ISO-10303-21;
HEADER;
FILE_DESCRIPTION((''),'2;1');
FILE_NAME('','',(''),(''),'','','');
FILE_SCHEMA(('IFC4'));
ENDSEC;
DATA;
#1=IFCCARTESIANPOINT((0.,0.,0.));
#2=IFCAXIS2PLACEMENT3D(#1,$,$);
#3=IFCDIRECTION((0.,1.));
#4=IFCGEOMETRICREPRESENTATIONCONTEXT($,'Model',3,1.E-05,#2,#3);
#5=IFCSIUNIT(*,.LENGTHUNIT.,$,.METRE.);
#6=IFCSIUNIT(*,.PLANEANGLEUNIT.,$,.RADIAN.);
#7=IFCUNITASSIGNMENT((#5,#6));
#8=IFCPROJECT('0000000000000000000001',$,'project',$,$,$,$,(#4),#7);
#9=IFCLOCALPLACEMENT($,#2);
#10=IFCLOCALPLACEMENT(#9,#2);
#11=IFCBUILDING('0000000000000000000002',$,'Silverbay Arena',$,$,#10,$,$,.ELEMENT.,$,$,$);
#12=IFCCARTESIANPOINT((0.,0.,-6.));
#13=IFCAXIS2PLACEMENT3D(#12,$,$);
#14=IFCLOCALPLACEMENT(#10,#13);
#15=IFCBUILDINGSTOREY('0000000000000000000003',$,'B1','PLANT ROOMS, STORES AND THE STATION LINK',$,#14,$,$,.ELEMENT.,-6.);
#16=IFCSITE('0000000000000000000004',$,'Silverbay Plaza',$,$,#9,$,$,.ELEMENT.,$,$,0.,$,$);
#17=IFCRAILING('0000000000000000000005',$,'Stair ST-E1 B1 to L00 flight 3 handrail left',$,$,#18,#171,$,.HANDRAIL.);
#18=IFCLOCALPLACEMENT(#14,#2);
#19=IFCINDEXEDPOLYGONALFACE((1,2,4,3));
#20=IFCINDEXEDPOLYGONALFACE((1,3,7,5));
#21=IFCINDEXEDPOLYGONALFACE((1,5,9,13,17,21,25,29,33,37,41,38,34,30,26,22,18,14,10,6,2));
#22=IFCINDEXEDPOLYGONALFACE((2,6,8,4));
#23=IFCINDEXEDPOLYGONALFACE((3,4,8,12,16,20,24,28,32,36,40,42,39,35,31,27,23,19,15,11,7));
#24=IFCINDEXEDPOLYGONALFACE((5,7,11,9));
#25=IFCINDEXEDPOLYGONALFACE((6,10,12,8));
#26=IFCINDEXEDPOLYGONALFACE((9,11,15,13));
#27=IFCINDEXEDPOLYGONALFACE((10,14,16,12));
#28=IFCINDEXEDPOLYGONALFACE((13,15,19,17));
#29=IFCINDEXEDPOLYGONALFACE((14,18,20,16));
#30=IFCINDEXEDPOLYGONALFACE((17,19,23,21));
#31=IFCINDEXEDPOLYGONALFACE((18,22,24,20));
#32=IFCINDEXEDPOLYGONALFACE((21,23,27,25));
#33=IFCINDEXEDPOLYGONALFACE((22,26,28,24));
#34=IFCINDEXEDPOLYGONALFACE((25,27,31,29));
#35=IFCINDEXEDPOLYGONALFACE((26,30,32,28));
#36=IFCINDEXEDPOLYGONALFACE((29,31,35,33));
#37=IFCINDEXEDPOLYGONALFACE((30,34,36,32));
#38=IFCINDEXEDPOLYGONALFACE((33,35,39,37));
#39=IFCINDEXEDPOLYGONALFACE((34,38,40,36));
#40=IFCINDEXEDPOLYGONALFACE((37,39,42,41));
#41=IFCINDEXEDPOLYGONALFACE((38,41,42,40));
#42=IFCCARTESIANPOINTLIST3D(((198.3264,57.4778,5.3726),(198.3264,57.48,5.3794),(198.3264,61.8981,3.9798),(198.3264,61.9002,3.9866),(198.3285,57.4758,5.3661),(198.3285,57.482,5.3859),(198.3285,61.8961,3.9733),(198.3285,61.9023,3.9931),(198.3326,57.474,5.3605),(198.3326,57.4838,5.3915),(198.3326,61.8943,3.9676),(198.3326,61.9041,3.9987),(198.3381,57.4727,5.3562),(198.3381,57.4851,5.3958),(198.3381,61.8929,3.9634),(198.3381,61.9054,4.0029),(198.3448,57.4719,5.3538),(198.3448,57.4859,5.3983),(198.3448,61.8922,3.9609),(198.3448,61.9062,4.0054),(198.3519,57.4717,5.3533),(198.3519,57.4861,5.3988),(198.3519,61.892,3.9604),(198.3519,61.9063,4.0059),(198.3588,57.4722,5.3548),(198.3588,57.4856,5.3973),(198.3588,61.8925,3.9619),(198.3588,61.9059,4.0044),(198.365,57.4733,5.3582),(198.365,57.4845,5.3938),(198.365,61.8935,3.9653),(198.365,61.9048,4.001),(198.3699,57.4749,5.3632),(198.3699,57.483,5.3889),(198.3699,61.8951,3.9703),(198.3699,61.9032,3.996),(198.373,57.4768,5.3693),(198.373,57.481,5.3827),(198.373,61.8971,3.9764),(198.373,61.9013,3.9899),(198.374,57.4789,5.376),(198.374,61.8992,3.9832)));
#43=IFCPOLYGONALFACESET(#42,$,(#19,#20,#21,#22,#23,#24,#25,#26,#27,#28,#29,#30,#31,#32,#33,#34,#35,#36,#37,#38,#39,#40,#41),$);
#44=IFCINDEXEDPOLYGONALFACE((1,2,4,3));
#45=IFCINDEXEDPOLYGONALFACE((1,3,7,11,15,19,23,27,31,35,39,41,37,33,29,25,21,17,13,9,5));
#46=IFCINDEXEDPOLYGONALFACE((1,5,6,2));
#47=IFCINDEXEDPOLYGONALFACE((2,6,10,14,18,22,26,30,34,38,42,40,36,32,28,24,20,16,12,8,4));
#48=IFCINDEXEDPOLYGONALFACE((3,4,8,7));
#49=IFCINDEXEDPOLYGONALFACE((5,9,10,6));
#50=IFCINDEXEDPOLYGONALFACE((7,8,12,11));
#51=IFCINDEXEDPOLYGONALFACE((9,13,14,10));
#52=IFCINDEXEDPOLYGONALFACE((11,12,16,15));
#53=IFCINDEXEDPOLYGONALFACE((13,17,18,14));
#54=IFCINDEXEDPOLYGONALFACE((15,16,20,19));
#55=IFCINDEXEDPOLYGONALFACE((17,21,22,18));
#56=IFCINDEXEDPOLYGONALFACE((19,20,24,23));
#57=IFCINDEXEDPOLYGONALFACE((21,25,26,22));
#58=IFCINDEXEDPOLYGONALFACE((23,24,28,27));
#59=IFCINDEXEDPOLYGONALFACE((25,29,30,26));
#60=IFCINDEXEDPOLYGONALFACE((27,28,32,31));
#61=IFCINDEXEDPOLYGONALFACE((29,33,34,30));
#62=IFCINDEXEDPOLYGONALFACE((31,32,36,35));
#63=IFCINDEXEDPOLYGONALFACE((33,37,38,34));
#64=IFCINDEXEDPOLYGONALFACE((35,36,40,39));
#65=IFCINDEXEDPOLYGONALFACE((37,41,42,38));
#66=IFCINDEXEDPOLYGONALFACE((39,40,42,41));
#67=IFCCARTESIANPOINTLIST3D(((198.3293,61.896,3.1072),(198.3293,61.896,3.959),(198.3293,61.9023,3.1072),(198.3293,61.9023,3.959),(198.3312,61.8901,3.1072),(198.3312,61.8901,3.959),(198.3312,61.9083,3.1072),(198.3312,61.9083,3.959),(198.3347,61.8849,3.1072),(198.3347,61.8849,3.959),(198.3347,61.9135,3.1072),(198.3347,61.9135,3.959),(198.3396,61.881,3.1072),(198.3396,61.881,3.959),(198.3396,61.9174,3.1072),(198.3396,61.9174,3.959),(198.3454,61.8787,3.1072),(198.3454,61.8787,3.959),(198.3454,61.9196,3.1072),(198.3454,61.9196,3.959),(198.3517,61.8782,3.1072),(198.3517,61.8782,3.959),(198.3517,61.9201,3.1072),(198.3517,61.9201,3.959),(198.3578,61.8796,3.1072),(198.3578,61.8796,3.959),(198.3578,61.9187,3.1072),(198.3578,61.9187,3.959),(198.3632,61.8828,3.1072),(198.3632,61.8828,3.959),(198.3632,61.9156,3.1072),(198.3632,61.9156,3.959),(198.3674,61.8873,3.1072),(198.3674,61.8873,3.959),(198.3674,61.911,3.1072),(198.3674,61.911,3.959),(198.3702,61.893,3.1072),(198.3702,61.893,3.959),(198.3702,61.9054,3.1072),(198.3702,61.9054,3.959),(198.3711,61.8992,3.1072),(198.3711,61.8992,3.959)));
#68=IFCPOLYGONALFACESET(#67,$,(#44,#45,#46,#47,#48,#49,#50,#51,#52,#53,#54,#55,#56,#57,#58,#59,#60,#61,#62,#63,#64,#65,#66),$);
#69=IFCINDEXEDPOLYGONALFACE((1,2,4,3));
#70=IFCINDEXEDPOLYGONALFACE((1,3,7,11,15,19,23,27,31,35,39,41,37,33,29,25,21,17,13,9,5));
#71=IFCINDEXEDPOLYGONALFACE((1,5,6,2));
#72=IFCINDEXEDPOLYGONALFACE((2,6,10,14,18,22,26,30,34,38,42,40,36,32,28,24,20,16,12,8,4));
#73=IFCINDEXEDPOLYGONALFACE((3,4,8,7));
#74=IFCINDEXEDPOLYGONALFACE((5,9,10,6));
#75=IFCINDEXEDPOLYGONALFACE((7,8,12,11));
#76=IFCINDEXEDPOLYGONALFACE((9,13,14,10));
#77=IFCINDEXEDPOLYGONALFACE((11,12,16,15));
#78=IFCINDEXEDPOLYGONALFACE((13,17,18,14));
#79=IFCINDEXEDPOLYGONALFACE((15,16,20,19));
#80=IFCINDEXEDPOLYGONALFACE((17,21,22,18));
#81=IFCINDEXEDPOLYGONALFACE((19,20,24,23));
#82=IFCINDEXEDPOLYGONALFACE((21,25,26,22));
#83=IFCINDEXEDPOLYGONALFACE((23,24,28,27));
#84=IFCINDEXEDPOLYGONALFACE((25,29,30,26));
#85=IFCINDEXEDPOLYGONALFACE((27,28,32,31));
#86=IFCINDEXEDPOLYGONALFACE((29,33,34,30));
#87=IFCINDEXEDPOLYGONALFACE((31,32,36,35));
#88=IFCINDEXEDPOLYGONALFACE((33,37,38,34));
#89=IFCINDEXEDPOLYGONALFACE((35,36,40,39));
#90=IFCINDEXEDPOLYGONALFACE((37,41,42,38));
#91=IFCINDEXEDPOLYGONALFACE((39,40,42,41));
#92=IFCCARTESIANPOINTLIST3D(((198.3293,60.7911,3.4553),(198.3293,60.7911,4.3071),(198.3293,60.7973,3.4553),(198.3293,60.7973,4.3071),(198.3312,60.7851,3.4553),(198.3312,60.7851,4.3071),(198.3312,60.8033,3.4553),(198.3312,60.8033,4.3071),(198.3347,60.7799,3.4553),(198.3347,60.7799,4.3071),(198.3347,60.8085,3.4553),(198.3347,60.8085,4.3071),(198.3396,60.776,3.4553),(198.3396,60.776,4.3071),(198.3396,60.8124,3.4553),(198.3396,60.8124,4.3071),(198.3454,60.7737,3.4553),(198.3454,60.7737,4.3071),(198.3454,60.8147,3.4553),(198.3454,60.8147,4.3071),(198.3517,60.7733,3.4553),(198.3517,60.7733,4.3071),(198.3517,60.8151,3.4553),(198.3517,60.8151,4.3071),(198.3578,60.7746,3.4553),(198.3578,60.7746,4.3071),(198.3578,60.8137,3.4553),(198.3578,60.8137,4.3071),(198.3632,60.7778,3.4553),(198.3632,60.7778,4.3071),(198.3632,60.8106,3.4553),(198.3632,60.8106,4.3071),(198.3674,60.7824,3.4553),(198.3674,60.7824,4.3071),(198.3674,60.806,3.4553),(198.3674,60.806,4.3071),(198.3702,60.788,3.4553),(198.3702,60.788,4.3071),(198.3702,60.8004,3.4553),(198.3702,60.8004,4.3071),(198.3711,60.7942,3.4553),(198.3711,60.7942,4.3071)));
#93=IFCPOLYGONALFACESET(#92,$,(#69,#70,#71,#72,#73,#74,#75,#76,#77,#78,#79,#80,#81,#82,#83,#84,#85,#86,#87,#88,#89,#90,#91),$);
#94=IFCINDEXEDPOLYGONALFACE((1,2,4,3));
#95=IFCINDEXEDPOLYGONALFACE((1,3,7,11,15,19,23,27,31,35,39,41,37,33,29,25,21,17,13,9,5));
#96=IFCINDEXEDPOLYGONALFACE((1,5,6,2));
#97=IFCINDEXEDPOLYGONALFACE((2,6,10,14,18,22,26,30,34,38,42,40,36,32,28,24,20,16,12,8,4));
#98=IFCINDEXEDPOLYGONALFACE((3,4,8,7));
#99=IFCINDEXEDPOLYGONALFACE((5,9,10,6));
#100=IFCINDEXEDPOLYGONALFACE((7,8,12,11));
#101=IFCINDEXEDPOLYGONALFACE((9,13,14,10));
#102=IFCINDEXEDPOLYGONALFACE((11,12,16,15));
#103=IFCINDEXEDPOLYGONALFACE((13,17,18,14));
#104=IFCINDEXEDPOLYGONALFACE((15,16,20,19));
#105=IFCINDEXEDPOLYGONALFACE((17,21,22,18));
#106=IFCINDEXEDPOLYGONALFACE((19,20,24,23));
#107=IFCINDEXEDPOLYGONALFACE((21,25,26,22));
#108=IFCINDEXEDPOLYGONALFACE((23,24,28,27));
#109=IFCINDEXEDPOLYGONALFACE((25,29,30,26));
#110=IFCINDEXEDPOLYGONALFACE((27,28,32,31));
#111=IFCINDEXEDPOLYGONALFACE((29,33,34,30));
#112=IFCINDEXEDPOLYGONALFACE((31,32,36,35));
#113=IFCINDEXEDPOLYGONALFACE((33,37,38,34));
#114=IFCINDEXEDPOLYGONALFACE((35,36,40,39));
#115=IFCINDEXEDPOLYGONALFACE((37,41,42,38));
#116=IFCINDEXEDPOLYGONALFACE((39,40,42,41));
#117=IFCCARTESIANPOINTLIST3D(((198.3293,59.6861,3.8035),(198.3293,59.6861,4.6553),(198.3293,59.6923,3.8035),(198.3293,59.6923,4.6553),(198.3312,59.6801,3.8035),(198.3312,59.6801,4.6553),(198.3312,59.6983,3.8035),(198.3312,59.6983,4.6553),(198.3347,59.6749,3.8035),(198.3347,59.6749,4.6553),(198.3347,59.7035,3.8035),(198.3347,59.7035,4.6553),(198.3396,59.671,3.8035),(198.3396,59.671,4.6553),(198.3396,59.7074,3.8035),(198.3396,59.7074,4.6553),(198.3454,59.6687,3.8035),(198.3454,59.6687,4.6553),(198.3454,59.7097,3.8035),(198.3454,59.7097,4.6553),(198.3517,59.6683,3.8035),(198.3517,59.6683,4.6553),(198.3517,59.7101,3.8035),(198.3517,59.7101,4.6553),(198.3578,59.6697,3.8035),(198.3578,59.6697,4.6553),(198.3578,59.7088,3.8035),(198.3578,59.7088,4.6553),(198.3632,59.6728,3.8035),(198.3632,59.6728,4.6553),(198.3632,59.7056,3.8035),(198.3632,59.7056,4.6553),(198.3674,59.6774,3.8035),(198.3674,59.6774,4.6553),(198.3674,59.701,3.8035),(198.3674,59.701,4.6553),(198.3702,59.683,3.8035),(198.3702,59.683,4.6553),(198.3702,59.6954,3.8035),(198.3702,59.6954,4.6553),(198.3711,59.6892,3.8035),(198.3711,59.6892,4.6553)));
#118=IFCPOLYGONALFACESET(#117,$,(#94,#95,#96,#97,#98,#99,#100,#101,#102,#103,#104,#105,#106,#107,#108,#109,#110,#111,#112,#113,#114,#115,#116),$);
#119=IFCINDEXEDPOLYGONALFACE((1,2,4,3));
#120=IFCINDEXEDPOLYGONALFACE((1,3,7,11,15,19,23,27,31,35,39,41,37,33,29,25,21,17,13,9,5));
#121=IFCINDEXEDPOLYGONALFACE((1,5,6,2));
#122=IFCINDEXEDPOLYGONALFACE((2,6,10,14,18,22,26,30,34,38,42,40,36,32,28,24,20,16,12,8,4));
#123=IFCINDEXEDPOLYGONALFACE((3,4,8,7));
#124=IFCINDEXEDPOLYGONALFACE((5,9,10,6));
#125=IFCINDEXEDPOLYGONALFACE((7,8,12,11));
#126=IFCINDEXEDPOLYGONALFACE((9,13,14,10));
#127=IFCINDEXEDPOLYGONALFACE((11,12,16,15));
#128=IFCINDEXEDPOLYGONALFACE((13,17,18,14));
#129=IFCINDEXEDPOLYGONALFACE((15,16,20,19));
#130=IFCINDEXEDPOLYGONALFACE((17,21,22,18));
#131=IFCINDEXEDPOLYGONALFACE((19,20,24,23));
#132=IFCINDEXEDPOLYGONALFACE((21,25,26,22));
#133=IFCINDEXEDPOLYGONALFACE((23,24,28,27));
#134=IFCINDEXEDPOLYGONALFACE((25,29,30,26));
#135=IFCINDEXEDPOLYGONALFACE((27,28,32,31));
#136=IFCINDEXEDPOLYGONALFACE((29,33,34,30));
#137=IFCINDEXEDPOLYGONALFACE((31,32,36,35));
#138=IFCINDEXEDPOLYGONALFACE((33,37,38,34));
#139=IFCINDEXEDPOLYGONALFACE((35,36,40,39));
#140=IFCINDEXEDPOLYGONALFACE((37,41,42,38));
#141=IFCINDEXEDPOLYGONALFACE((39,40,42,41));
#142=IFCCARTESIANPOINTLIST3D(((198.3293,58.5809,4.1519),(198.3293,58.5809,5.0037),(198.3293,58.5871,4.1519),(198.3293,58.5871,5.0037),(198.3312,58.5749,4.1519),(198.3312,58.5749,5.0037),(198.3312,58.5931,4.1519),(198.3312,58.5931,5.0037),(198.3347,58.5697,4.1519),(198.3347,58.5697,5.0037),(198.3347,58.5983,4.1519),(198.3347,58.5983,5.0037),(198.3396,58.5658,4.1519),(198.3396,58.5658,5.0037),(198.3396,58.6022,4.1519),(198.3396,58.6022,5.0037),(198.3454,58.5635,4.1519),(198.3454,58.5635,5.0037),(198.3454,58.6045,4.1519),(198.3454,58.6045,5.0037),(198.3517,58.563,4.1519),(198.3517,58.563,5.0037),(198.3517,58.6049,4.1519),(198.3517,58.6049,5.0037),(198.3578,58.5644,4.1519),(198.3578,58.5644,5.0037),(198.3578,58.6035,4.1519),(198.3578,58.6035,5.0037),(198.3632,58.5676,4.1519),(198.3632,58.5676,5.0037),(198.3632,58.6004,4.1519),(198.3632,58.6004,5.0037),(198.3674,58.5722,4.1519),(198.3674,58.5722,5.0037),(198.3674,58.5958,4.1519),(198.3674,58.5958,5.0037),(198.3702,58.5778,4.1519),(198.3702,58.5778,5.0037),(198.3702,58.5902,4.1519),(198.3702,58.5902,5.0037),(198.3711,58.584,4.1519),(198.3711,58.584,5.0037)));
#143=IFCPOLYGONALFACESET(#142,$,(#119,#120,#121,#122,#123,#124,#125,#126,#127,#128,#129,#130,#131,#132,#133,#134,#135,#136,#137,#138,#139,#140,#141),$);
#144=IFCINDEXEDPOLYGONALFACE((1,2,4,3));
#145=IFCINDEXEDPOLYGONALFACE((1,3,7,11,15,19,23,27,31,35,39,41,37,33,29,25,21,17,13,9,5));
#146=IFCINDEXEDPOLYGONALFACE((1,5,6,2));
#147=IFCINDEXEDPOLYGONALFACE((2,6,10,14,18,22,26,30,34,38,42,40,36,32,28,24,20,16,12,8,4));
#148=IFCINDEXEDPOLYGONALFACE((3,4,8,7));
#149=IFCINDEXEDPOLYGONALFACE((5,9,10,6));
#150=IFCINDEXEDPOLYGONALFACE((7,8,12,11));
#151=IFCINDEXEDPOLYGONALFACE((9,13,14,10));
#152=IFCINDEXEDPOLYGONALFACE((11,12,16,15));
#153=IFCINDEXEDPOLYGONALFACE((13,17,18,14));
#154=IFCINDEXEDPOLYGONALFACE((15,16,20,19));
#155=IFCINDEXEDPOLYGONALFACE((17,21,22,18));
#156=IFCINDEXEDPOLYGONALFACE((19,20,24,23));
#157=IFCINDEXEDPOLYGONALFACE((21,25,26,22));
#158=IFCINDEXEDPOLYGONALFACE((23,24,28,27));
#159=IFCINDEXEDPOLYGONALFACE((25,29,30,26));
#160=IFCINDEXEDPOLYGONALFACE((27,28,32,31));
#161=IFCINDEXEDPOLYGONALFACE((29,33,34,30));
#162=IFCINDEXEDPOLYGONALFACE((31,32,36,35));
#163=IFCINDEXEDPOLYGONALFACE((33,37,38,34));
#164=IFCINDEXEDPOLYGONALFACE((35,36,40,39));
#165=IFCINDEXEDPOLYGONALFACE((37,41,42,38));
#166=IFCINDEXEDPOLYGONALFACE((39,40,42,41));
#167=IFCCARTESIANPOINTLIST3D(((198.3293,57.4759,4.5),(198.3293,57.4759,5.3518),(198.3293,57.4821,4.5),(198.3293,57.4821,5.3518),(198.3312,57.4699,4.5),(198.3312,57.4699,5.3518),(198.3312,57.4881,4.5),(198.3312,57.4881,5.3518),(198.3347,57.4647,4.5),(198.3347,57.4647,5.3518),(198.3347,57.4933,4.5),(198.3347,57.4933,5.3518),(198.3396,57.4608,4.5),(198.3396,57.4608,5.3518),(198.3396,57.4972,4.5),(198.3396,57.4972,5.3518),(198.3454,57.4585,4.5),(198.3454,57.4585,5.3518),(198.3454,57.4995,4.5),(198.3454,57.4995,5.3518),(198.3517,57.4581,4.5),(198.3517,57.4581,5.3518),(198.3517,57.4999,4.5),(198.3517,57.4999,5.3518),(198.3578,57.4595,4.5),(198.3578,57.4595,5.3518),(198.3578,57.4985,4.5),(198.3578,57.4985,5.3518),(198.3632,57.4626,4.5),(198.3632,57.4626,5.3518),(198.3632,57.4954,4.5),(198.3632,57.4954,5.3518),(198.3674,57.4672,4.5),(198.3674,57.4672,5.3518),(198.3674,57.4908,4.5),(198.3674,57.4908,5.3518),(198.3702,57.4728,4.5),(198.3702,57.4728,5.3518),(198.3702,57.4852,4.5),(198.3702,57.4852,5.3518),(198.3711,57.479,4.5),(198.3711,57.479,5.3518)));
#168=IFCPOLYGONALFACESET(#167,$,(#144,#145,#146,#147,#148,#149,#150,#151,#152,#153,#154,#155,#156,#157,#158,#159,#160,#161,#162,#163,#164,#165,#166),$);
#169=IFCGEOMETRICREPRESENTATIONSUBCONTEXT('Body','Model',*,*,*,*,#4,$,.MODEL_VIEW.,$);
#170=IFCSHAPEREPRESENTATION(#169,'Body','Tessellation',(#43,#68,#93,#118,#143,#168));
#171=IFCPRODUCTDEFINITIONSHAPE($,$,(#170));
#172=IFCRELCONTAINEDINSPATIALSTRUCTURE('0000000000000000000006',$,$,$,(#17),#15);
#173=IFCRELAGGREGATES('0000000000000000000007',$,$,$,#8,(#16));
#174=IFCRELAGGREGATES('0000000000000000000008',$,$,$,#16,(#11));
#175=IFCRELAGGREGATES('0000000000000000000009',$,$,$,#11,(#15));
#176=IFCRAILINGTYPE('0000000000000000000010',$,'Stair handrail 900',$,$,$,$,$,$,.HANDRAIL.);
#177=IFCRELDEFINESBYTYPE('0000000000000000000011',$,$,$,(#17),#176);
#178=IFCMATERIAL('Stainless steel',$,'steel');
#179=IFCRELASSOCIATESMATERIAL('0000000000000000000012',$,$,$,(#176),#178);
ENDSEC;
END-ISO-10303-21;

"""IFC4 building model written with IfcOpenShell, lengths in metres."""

from ifc_helpers import new_model, si_unit, direction, frame, origin, origin_2d, place, context, subcontext, project, spatial, circle, extrude, material, type_object, element, save


model = new_model("IFC4")

# Units and contexts
model_context = context("Model", 3, precision=1e-05, world=origin(), true_north=direction((0.0, 1.0)))
body_context = subcontext(model_context, "Body", "Model", "MODEL_VIEW")
ifc_project = project(units=[si_unit("LENGTHUNIT", "METRE"), si_unit("PLANEANGLEUNIT", "RADIAN")], contexts=[model_context])

# Site, building, storey
site_placement = place(None, origin())
site = spatial("IfcSite", under=ifc_project, at=site_placement, Name="Silverbay Plaza", CompositionType="ELEMENT", RefElevation=0.0)
building_placement = place(site_placement, origin())
building = spatial("IfcBuilding", under=site, at=building_placement, Name="Silverbay Arena", CompositionType="ELEMENT")
storey_placement = place(building_placement, frame((0.0, 0.0, -6.0)))
storey = spatial("IfcBuildingStorey", under=building, at=storey_placement, Name="B1", Description="PLANT ROOMS, STORES AND THE STATION LINK", CompositionType="ELEMENT", Elevation=-6.0)

# Railing
ifc_material_1 = material(Name="Stainless steel", Category="steel")
railing_type_1 = type_object("IfcRailingType", Name="Stair handrail 900", PredefinedType="HANDRAIL", material=ifc_material_1)
for number, where, name in (
    (1, (198.3501, 61.8992, 3.1072), "Stair ST-E1 B1 to L00 flight 3 handrail left"),
):
    element("IfcRailing", number, at=place(storey_placement, frame(where)), inside=storey, type_object=railing_type_1, Name=name, PredefinedType="HANDRAIL", context=body_context, shape_type="SweptSolid", body=[
        extrude(circle(Radius=0.0239, at=origin_2d()), frame((0.0, 0.0, 0.876), z_axis=(0.0, -0.95377, 0.300539), x_axis=(1.0, 0.0, 0.0)), (0.0, 0.0, 1.0), 4.6345),
        extrude(circle(Radius=0.021, at=origin_2d()), origin(), (0.0, 0.0, 1.0), 0.8518),
        extrude(circle(Radius=0.021, at=origin_2d()), frame((0.0, -1.105, 0.3481)), (0.0, 0.0, 1.0), 0.8518),
        extrude(circle(Radius=0.021, at=origin_2d()), frame((0.0, -2.21, 0.6963)), (0.0, 0.0, 1.0), 0.8518),
        extrude(circle(Radius=0.021, at=origin_2d()), frame((0.0, -3.3152, 1.0447)), (0.0, 0.0, 1.0), 0.8518),
        extrude(circle(Radius=0.021, at=origin_2d()), frame((0.0, -4.4202, 1.3928)), (0.0, 0.0, 1.0), 0.8518),
    ])

save(model, "model.ifc")
